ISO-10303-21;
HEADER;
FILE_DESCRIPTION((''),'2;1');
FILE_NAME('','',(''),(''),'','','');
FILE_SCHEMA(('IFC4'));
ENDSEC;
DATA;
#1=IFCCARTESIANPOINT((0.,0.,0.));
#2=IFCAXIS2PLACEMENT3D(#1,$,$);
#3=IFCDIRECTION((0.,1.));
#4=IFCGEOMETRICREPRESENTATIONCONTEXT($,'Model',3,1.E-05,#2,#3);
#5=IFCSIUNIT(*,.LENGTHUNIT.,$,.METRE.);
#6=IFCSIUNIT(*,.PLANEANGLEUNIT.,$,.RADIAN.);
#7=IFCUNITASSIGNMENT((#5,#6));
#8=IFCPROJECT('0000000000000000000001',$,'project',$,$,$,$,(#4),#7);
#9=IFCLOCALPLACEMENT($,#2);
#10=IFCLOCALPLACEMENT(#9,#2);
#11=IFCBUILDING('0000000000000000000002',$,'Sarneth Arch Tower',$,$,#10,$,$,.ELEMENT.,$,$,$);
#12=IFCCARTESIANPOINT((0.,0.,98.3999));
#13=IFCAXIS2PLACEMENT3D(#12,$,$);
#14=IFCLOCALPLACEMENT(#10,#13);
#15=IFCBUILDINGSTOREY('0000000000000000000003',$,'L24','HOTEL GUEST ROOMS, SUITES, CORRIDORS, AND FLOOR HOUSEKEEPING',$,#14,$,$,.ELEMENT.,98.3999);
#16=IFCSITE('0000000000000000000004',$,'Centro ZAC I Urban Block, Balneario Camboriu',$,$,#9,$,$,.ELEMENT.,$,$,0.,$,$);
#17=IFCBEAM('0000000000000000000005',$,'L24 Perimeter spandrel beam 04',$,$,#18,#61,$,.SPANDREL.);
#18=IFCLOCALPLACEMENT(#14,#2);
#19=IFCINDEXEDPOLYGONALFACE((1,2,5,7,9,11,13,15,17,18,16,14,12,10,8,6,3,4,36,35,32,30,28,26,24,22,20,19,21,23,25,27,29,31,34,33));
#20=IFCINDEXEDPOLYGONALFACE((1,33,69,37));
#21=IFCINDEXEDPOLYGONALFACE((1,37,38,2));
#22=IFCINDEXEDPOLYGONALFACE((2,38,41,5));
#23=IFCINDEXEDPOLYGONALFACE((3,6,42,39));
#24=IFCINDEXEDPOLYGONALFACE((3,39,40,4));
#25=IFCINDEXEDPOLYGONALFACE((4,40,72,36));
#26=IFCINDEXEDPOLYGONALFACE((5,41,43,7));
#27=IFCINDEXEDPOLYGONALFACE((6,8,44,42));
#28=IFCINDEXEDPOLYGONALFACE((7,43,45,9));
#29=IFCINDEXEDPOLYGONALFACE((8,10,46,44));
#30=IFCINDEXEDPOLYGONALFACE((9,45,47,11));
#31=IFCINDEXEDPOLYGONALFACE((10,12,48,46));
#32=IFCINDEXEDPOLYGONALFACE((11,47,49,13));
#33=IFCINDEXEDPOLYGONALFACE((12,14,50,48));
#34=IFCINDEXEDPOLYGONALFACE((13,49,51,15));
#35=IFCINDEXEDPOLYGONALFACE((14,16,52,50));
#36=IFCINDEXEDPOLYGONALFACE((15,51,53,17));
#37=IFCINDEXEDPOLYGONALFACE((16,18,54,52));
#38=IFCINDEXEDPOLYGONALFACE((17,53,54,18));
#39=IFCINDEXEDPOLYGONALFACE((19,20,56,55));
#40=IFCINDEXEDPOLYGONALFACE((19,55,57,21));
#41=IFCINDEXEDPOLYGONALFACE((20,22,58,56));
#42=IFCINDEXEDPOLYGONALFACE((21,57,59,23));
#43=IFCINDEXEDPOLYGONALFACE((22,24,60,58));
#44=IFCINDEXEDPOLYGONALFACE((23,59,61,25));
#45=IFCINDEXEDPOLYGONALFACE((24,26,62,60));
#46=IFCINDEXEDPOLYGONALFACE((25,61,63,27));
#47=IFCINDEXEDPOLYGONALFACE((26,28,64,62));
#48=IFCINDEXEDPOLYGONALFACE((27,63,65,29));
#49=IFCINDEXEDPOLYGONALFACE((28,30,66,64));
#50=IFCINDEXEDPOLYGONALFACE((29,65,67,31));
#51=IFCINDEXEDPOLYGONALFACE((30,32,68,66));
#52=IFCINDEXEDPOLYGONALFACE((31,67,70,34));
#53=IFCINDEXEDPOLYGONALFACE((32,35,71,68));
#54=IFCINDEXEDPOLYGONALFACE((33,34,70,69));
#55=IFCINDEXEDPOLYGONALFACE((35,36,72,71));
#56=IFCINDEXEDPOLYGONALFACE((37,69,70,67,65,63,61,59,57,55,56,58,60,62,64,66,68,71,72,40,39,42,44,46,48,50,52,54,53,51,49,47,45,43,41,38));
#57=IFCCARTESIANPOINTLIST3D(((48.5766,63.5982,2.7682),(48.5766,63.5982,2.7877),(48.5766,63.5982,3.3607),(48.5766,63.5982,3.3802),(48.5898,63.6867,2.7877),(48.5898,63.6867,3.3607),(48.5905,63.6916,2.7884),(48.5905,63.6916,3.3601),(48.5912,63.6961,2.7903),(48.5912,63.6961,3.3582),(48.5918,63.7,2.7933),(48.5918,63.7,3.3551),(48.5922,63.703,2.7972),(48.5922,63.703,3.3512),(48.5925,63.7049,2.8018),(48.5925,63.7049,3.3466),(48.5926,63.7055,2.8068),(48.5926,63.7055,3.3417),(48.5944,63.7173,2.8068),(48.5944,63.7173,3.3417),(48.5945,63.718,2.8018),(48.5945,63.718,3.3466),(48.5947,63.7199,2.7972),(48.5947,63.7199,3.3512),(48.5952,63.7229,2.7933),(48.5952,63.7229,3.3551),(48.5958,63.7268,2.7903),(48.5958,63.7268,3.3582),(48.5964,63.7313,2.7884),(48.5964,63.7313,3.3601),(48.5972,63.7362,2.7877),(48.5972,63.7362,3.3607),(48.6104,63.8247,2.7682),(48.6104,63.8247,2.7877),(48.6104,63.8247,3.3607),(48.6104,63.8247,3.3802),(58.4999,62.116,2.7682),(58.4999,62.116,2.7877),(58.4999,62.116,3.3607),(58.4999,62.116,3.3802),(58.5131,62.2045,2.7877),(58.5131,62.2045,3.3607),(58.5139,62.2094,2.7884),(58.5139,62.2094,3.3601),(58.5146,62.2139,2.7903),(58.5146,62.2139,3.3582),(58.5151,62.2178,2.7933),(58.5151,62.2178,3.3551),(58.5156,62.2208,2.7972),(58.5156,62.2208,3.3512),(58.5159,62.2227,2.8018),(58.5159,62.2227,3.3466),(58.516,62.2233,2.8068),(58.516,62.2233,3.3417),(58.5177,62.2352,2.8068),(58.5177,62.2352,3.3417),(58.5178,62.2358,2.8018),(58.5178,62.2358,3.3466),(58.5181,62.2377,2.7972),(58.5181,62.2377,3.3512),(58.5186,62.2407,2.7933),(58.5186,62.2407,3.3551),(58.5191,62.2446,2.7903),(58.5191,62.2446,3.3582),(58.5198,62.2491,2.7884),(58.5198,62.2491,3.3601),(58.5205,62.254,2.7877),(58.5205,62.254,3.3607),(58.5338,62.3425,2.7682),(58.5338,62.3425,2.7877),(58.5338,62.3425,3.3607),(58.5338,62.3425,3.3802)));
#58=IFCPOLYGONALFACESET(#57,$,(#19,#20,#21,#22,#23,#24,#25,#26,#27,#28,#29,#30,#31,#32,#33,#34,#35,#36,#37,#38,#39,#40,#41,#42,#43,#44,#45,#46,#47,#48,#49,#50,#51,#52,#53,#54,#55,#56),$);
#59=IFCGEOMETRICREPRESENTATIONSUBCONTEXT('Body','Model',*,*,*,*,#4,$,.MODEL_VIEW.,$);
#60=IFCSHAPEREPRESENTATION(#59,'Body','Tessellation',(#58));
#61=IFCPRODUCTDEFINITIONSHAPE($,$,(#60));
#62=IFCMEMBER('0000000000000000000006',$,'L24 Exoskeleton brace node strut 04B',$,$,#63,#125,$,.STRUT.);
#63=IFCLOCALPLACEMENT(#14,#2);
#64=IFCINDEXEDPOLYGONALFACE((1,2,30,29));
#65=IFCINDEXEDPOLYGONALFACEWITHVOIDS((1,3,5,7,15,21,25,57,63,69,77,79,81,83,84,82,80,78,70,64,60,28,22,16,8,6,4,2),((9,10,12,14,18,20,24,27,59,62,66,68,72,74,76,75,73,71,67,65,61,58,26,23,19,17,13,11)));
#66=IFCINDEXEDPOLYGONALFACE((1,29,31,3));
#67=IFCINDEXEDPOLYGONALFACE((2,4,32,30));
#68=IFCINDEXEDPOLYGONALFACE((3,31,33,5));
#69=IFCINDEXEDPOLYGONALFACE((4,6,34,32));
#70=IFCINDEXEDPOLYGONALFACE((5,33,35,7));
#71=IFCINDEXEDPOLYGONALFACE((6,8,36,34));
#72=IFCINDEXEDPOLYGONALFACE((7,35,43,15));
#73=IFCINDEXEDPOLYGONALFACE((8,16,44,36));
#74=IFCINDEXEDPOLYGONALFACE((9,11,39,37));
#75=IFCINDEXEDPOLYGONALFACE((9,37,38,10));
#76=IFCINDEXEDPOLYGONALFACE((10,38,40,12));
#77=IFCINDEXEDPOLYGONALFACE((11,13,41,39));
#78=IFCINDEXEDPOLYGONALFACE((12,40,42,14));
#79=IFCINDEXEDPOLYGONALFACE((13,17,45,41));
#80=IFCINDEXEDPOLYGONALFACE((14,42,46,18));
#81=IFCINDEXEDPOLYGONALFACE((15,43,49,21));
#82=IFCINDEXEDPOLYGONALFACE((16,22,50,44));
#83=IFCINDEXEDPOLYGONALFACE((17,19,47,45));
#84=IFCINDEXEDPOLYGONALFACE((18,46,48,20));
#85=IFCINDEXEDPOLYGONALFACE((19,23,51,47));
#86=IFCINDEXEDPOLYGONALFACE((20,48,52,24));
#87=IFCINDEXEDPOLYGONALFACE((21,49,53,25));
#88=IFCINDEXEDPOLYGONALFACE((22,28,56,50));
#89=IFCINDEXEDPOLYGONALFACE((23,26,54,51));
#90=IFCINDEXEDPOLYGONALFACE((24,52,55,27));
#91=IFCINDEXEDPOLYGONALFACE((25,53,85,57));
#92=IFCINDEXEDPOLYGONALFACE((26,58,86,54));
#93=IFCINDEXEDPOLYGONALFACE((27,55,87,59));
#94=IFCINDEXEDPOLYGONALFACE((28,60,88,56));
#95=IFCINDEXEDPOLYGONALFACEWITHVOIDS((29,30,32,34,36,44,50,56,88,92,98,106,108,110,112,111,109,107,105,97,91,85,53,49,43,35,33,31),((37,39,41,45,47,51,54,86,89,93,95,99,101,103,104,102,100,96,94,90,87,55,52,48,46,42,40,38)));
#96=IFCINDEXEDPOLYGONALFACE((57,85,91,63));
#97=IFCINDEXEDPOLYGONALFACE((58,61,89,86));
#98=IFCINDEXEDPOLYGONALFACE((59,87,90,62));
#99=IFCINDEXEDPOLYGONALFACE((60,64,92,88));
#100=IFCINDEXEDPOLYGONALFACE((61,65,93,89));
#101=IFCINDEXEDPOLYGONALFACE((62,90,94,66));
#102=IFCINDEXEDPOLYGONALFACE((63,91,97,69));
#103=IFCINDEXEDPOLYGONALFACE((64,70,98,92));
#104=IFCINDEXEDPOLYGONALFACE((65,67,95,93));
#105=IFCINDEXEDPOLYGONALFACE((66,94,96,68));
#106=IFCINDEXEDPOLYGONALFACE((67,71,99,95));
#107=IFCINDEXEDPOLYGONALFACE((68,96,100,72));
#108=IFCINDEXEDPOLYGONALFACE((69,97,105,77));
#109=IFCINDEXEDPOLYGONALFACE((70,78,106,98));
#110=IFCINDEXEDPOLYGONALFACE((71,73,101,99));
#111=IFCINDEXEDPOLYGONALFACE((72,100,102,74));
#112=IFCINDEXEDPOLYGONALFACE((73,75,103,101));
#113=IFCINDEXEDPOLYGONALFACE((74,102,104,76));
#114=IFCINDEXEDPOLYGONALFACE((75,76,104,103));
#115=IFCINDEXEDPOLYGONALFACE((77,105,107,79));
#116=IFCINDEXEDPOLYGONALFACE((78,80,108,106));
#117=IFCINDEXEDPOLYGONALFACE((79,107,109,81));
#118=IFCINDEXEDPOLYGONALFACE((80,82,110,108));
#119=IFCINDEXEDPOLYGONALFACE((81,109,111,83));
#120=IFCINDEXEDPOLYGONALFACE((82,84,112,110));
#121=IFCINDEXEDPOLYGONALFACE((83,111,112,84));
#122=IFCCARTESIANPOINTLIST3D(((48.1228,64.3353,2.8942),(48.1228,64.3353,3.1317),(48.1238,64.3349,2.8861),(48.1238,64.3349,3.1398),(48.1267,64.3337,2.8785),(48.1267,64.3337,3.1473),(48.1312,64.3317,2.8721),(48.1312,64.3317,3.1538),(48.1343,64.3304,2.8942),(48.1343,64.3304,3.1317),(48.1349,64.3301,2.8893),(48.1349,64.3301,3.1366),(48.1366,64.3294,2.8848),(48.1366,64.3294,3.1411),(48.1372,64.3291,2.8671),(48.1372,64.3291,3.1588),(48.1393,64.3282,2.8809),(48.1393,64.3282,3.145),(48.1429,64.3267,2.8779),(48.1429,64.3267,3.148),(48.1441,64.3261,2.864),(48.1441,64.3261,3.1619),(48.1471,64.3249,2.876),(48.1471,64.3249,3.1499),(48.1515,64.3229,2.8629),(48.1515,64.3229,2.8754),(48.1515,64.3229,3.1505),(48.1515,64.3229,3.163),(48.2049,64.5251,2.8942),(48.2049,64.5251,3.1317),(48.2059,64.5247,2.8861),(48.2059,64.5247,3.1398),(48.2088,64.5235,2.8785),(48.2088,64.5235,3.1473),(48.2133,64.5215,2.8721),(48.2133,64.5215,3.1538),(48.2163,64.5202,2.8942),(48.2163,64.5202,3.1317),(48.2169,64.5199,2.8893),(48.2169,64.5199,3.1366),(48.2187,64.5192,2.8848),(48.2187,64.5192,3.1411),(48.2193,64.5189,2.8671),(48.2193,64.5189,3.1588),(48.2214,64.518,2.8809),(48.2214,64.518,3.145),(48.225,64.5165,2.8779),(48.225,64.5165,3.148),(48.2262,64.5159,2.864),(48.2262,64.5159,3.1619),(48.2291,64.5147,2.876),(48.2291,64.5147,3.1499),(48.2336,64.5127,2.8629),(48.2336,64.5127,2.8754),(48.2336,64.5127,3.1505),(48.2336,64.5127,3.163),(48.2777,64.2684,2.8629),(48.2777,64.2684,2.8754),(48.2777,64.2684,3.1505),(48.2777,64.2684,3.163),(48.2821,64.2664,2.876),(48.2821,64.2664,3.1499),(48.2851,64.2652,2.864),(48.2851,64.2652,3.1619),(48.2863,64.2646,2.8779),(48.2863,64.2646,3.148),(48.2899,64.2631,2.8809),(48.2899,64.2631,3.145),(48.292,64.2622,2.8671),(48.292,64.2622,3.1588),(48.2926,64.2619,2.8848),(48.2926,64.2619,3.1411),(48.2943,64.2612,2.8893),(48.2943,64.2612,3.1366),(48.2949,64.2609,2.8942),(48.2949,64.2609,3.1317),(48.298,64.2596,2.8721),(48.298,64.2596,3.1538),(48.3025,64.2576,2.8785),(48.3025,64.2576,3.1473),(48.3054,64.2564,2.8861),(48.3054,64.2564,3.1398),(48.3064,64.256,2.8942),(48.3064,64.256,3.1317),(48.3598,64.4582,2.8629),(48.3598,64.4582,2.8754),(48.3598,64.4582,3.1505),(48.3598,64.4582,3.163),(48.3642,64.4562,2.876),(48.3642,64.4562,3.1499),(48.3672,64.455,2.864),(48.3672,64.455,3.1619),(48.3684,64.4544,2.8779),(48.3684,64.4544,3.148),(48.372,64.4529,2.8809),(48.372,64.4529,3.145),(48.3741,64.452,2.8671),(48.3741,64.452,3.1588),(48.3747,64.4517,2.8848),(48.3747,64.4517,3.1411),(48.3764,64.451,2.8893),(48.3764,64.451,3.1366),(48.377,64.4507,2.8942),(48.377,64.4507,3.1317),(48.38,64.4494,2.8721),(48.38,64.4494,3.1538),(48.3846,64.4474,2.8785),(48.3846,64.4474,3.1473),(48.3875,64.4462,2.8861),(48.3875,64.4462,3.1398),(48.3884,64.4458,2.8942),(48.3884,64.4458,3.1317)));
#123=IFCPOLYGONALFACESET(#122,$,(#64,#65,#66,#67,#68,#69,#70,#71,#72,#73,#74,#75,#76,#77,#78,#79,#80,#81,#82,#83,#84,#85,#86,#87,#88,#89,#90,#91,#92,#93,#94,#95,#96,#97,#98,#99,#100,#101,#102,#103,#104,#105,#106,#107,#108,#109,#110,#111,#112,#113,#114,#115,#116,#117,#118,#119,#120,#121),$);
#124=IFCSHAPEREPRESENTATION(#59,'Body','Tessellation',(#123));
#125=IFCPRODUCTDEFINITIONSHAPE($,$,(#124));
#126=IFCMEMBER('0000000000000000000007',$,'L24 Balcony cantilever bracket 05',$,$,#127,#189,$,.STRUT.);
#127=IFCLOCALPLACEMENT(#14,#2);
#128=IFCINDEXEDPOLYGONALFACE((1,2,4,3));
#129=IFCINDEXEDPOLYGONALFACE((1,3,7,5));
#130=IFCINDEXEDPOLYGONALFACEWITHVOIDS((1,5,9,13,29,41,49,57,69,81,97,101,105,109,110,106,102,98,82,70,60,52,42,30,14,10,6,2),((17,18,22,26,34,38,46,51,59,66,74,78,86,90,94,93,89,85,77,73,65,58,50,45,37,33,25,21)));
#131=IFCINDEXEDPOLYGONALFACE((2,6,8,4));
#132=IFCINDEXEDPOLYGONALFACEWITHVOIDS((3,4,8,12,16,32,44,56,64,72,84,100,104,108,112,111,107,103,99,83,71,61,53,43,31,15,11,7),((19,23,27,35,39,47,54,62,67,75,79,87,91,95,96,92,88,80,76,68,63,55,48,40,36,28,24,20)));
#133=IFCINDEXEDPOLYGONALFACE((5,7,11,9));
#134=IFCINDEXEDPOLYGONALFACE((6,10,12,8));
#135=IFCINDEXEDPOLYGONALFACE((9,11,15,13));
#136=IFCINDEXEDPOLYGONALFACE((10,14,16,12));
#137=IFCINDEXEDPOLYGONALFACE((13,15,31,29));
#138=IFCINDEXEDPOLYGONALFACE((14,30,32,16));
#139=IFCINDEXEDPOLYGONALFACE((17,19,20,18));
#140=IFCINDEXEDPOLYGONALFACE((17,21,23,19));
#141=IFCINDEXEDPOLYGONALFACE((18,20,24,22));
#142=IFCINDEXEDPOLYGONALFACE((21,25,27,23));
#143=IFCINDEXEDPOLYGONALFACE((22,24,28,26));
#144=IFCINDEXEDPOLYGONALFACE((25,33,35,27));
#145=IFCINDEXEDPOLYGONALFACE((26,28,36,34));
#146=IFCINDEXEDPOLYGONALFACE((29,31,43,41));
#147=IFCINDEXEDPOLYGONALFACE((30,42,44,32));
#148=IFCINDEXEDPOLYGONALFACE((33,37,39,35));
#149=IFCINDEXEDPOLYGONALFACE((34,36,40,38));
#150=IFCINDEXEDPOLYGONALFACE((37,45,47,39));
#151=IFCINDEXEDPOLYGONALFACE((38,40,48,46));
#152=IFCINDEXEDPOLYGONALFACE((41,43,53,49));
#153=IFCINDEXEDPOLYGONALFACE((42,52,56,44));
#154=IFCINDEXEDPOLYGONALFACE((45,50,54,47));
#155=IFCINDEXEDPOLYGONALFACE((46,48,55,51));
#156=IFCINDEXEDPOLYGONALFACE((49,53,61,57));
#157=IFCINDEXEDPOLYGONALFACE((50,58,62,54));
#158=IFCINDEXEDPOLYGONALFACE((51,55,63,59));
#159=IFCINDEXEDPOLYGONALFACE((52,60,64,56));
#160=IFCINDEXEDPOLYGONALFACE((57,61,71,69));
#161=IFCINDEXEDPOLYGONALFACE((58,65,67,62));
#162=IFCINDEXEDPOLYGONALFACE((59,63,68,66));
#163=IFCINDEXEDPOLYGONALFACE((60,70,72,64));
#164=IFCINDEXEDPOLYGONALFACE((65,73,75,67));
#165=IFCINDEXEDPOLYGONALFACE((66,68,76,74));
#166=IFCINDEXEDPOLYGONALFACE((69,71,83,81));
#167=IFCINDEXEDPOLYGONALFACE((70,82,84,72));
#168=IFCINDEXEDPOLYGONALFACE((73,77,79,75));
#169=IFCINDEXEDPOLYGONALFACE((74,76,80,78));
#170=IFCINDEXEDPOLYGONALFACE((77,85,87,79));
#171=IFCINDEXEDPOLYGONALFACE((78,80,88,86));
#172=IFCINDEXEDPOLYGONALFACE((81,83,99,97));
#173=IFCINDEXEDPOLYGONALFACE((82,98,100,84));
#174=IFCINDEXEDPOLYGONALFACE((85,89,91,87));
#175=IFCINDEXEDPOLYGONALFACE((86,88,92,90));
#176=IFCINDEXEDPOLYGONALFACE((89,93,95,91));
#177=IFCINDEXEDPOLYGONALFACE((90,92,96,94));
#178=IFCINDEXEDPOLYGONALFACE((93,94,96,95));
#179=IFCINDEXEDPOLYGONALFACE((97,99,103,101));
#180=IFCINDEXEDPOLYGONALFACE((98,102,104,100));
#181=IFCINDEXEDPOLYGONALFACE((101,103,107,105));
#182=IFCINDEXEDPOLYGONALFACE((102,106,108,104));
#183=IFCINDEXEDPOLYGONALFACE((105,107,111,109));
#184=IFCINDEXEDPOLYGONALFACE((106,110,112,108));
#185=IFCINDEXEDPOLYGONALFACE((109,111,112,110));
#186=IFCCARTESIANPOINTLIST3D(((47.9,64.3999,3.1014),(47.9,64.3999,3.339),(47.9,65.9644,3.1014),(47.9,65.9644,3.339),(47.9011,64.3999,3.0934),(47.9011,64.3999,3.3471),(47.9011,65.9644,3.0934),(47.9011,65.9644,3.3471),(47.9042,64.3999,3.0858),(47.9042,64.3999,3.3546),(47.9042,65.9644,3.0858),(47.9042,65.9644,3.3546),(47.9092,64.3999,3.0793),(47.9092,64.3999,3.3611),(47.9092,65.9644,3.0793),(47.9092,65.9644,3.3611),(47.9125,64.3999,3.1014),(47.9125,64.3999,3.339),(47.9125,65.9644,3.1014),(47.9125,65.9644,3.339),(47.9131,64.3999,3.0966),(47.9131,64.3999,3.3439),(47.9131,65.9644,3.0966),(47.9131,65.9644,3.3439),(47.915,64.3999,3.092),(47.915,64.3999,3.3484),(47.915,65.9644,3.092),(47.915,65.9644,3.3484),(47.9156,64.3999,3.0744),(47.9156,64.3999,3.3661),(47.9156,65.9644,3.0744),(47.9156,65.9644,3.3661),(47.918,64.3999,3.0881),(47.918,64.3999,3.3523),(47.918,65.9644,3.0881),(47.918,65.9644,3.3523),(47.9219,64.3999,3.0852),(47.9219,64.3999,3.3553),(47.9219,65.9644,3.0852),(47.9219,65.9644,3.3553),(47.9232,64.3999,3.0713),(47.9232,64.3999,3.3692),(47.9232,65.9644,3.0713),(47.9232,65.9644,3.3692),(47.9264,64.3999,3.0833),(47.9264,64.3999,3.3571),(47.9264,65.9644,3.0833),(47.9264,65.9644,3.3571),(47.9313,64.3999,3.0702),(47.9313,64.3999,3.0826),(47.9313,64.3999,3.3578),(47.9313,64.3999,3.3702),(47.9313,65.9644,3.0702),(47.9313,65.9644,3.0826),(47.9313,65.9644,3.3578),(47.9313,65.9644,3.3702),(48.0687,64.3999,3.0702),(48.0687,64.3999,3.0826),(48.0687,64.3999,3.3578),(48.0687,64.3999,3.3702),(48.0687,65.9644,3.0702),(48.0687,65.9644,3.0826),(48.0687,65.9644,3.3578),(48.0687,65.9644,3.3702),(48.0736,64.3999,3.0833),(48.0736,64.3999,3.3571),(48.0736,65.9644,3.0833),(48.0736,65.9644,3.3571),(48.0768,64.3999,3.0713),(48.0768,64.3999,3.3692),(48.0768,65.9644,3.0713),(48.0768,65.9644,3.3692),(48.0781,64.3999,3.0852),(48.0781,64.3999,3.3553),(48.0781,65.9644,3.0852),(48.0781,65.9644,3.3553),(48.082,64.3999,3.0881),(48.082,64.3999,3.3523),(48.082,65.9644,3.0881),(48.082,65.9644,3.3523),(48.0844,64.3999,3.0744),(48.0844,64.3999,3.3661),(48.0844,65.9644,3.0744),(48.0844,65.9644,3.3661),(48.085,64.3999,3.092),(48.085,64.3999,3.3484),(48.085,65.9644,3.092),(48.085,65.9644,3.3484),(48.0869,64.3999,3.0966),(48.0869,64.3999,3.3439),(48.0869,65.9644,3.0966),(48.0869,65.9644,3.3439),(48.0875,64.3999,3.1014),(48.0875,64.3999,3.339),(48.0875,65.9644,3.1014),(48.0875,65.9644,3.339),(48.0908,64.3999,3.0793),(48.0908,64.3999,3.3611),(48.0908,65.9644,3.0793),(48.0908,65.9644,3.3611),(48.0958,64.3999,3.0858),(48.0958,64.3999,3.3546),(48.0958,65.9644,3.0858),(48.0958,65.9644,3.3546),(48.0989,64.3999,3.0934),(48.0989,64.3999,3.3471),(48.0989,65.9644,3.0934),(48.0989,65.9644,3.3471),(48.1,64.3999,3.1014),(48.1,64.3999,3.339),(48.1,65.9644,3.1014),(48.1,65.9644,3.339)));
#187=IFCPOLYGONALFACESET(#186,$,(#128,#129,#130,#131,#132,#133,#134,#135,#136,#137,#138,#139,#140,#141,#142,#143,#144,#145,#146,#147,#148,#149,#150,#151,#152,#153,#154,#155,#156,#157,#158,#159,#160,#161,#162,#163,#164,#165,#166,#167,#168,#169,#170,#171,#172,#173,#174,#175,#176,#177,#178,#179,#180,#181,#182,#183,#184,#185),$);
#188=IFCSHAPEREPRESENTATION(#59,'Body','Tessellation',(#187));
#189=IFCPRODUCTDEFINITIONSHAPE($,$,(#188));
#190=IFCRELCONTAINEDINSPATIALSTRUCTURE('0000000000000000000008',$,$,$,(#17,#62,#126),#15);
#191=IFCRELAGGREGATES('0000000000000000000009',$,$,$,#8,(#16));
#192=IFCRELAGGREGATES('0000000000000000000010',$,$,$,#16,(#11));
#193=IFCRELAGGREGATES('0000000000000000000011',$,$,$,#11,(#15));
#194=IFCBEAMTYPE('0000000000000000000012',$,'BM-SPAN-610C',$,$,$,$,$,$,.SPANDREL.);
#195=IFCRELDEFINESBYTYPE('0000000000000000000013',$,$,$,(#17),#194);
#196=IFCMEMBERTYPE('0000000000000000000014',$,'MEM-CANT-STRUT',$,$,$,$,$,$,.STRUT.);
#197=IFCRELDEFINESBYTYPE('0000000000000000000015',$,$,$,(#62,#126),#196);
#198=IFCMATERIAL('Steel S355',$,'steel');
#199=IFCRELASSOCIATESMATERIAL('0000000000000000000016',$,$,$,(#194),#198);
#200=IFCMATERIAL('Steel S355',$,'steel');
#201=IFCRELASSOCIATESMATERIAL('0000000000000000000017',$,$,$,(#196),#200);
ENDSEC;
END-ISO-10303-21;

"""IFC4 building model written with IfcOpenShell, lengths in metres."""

from ifc_helpers import new_model, si_unit, direction, frame, origin, origin_2d, place, context, subcontext, project, spatial, hollow_rectangle, i_section, extrude, material, material_profile, profile_set, type_object, element, save


model = new_model("IFC4")

# Units and contexts
model_context = context("Model", 3, precision=1e-05, world=origin(), true_north=direction((0.0, 1.0)))
body_context = subcontext(model_context, "Body", "Model", "MODEL_VIEW")
ifc_project = project(units=[si_unit("LENGTHUNIT", "METRE"), si_unit("PLANEANGLEUNIT", "RADIAN")], contexts=[model_context])

# Site, building, storey
site_placement = place(None, origin())
site = spatial("IfcSite", under=ifc_project, at=site_placement, Name="Centro ZAC I Urban Block, Balneario Camboriu", CompositionType="ELEMENT", RefElevation=0.0)
building_placement = place(site_placement, origin())
building = spatial("IfcBuilding", under=site, at=building_placement, Name="Sarneth Arch Tower", CompositionType="ELEMENT")
storey_placement = place(building_placement, frame((0.0, 0.0, 98.3999)))
storey = spatial("IfcBuildingStorey", under=building, at=storey_placement, Name="L24", Description="HOTEL GUEST ROOMS, SUITES, CORRIDORS, AND FLOOR HOUSEKEEPING", CompositionType="ELEMENT", Elevation=98.3999)

# Beam
ifc_material_1 = material(Name="Steel S355", Category="steel")
ifc_material_profile_1 = material_profile(ifc_material_1, i_section(OverallWidth=0.229, OverallDepth=0.6121, WebThickness=0.012, FlangeThickness=0.0195, FilletRadius=0.019, at=origin_2d()), Name="W610x125")
ifc_profile_set_1 = profile_set([ifc_material_profile_1], Name="Steel S355")
beam_type_1 = type_object("IfcBeamType", Name="BM-SPAN-610C", PredefinedType="SPANDREL", material=ifc_profile_set_1)
beam_1_placement = place(storey_placement, frame((58.5168, 62.2292, 3.0742), z_axis=(-0.989029, 0.147724, 0.0), x_axis=(-0.147724, -0.989029, 0.0)))
element("IfcBeam", 1, at=beam_1_placement, inside=storey, type_object=beam_type_1, Name="L24 Perimeter spandrel beam 04", PredefinedType="SPANDREL", context=body_context, shape_type="SweptSolid", body=[
    extrude(i_section(OverallWidth=0.229, OverallDepth=0.6121, WebThickness=0.012, FlangeThickness=0.0195, FilletRadius=0.019, at=origin_2d()), origin(), (0.0, 0.0, 1.0), 10.0334),
])

# Members
ifc_material_2 = material(Name="Steel S355", Category="steel")
ifc_material_profile_2 = material_profile(ifc_material_2, hollow_rectangle(XDim=0.2, YDim=0.3, WallThickness=0.0125, InnerFilletRadius=0.0188, OuterFilletRadius=0.0312, at=origin_2d()), Name="RHS300x200x12.5")
ifc_profile_set_2 = profile_set([ifc_material_profile_2], Name="Steel S355")
member_type_1 = type_object("IfcMemberType", Name="MEM-CANT-STRUT", PredefinedType="STRUT", material=ifc_profile_set_2)
member_1_placement = place(storey_placement, frame((48.2146, 64.2957, 3.0129), z_axis=(0.396911, 0.917857, 0.0), x_axis=(-0.917857, 0.396911, 0.0)))
element("IfcMember", 2, at=member_1_placement, inside=storey, type_object=member_type_1, Name="L24 Exoskeleton brace node strut 04B", PredefinedType="STRUT", context=body_context, shape_type="SweptSolid", body=[
    extrude(hollow_rectangle(XDim=0.2, YDim=0.3, WallThickness=0.0125, InnerFilletRadius=0.0188, OuterFilletRadius=0.0312, at=origin_2d()), origin(), (0.0, 0.0, 1.0), 0.2068),
])
member_2_placement = place(storey_placement, frame((48.0, 64.3999, 3.2202), z_axis=(0.0, 1.0, 0.0), x_axis=(-1.0, 0.0, 0.0)))
element("IfcMember", 3, at=member_2_placement, inside=storey, type_object=member_type_1, Name="L24 Balcony cantilever bracket 05", PredefinedType="STRUT", context=body_context, shape_type="SweptSolid", body=[
    extrude(hollow_rectangle(XDim=0.2, YDim=0.3, WallThickness=0.0125, InnerFilletRadius=0.0188, OuterFilletRadius=0.0312, at=origin_2d()), origin(), (0.0, 0.0, 1.0), 1.5645),
])

save(model, "model.ifc")
